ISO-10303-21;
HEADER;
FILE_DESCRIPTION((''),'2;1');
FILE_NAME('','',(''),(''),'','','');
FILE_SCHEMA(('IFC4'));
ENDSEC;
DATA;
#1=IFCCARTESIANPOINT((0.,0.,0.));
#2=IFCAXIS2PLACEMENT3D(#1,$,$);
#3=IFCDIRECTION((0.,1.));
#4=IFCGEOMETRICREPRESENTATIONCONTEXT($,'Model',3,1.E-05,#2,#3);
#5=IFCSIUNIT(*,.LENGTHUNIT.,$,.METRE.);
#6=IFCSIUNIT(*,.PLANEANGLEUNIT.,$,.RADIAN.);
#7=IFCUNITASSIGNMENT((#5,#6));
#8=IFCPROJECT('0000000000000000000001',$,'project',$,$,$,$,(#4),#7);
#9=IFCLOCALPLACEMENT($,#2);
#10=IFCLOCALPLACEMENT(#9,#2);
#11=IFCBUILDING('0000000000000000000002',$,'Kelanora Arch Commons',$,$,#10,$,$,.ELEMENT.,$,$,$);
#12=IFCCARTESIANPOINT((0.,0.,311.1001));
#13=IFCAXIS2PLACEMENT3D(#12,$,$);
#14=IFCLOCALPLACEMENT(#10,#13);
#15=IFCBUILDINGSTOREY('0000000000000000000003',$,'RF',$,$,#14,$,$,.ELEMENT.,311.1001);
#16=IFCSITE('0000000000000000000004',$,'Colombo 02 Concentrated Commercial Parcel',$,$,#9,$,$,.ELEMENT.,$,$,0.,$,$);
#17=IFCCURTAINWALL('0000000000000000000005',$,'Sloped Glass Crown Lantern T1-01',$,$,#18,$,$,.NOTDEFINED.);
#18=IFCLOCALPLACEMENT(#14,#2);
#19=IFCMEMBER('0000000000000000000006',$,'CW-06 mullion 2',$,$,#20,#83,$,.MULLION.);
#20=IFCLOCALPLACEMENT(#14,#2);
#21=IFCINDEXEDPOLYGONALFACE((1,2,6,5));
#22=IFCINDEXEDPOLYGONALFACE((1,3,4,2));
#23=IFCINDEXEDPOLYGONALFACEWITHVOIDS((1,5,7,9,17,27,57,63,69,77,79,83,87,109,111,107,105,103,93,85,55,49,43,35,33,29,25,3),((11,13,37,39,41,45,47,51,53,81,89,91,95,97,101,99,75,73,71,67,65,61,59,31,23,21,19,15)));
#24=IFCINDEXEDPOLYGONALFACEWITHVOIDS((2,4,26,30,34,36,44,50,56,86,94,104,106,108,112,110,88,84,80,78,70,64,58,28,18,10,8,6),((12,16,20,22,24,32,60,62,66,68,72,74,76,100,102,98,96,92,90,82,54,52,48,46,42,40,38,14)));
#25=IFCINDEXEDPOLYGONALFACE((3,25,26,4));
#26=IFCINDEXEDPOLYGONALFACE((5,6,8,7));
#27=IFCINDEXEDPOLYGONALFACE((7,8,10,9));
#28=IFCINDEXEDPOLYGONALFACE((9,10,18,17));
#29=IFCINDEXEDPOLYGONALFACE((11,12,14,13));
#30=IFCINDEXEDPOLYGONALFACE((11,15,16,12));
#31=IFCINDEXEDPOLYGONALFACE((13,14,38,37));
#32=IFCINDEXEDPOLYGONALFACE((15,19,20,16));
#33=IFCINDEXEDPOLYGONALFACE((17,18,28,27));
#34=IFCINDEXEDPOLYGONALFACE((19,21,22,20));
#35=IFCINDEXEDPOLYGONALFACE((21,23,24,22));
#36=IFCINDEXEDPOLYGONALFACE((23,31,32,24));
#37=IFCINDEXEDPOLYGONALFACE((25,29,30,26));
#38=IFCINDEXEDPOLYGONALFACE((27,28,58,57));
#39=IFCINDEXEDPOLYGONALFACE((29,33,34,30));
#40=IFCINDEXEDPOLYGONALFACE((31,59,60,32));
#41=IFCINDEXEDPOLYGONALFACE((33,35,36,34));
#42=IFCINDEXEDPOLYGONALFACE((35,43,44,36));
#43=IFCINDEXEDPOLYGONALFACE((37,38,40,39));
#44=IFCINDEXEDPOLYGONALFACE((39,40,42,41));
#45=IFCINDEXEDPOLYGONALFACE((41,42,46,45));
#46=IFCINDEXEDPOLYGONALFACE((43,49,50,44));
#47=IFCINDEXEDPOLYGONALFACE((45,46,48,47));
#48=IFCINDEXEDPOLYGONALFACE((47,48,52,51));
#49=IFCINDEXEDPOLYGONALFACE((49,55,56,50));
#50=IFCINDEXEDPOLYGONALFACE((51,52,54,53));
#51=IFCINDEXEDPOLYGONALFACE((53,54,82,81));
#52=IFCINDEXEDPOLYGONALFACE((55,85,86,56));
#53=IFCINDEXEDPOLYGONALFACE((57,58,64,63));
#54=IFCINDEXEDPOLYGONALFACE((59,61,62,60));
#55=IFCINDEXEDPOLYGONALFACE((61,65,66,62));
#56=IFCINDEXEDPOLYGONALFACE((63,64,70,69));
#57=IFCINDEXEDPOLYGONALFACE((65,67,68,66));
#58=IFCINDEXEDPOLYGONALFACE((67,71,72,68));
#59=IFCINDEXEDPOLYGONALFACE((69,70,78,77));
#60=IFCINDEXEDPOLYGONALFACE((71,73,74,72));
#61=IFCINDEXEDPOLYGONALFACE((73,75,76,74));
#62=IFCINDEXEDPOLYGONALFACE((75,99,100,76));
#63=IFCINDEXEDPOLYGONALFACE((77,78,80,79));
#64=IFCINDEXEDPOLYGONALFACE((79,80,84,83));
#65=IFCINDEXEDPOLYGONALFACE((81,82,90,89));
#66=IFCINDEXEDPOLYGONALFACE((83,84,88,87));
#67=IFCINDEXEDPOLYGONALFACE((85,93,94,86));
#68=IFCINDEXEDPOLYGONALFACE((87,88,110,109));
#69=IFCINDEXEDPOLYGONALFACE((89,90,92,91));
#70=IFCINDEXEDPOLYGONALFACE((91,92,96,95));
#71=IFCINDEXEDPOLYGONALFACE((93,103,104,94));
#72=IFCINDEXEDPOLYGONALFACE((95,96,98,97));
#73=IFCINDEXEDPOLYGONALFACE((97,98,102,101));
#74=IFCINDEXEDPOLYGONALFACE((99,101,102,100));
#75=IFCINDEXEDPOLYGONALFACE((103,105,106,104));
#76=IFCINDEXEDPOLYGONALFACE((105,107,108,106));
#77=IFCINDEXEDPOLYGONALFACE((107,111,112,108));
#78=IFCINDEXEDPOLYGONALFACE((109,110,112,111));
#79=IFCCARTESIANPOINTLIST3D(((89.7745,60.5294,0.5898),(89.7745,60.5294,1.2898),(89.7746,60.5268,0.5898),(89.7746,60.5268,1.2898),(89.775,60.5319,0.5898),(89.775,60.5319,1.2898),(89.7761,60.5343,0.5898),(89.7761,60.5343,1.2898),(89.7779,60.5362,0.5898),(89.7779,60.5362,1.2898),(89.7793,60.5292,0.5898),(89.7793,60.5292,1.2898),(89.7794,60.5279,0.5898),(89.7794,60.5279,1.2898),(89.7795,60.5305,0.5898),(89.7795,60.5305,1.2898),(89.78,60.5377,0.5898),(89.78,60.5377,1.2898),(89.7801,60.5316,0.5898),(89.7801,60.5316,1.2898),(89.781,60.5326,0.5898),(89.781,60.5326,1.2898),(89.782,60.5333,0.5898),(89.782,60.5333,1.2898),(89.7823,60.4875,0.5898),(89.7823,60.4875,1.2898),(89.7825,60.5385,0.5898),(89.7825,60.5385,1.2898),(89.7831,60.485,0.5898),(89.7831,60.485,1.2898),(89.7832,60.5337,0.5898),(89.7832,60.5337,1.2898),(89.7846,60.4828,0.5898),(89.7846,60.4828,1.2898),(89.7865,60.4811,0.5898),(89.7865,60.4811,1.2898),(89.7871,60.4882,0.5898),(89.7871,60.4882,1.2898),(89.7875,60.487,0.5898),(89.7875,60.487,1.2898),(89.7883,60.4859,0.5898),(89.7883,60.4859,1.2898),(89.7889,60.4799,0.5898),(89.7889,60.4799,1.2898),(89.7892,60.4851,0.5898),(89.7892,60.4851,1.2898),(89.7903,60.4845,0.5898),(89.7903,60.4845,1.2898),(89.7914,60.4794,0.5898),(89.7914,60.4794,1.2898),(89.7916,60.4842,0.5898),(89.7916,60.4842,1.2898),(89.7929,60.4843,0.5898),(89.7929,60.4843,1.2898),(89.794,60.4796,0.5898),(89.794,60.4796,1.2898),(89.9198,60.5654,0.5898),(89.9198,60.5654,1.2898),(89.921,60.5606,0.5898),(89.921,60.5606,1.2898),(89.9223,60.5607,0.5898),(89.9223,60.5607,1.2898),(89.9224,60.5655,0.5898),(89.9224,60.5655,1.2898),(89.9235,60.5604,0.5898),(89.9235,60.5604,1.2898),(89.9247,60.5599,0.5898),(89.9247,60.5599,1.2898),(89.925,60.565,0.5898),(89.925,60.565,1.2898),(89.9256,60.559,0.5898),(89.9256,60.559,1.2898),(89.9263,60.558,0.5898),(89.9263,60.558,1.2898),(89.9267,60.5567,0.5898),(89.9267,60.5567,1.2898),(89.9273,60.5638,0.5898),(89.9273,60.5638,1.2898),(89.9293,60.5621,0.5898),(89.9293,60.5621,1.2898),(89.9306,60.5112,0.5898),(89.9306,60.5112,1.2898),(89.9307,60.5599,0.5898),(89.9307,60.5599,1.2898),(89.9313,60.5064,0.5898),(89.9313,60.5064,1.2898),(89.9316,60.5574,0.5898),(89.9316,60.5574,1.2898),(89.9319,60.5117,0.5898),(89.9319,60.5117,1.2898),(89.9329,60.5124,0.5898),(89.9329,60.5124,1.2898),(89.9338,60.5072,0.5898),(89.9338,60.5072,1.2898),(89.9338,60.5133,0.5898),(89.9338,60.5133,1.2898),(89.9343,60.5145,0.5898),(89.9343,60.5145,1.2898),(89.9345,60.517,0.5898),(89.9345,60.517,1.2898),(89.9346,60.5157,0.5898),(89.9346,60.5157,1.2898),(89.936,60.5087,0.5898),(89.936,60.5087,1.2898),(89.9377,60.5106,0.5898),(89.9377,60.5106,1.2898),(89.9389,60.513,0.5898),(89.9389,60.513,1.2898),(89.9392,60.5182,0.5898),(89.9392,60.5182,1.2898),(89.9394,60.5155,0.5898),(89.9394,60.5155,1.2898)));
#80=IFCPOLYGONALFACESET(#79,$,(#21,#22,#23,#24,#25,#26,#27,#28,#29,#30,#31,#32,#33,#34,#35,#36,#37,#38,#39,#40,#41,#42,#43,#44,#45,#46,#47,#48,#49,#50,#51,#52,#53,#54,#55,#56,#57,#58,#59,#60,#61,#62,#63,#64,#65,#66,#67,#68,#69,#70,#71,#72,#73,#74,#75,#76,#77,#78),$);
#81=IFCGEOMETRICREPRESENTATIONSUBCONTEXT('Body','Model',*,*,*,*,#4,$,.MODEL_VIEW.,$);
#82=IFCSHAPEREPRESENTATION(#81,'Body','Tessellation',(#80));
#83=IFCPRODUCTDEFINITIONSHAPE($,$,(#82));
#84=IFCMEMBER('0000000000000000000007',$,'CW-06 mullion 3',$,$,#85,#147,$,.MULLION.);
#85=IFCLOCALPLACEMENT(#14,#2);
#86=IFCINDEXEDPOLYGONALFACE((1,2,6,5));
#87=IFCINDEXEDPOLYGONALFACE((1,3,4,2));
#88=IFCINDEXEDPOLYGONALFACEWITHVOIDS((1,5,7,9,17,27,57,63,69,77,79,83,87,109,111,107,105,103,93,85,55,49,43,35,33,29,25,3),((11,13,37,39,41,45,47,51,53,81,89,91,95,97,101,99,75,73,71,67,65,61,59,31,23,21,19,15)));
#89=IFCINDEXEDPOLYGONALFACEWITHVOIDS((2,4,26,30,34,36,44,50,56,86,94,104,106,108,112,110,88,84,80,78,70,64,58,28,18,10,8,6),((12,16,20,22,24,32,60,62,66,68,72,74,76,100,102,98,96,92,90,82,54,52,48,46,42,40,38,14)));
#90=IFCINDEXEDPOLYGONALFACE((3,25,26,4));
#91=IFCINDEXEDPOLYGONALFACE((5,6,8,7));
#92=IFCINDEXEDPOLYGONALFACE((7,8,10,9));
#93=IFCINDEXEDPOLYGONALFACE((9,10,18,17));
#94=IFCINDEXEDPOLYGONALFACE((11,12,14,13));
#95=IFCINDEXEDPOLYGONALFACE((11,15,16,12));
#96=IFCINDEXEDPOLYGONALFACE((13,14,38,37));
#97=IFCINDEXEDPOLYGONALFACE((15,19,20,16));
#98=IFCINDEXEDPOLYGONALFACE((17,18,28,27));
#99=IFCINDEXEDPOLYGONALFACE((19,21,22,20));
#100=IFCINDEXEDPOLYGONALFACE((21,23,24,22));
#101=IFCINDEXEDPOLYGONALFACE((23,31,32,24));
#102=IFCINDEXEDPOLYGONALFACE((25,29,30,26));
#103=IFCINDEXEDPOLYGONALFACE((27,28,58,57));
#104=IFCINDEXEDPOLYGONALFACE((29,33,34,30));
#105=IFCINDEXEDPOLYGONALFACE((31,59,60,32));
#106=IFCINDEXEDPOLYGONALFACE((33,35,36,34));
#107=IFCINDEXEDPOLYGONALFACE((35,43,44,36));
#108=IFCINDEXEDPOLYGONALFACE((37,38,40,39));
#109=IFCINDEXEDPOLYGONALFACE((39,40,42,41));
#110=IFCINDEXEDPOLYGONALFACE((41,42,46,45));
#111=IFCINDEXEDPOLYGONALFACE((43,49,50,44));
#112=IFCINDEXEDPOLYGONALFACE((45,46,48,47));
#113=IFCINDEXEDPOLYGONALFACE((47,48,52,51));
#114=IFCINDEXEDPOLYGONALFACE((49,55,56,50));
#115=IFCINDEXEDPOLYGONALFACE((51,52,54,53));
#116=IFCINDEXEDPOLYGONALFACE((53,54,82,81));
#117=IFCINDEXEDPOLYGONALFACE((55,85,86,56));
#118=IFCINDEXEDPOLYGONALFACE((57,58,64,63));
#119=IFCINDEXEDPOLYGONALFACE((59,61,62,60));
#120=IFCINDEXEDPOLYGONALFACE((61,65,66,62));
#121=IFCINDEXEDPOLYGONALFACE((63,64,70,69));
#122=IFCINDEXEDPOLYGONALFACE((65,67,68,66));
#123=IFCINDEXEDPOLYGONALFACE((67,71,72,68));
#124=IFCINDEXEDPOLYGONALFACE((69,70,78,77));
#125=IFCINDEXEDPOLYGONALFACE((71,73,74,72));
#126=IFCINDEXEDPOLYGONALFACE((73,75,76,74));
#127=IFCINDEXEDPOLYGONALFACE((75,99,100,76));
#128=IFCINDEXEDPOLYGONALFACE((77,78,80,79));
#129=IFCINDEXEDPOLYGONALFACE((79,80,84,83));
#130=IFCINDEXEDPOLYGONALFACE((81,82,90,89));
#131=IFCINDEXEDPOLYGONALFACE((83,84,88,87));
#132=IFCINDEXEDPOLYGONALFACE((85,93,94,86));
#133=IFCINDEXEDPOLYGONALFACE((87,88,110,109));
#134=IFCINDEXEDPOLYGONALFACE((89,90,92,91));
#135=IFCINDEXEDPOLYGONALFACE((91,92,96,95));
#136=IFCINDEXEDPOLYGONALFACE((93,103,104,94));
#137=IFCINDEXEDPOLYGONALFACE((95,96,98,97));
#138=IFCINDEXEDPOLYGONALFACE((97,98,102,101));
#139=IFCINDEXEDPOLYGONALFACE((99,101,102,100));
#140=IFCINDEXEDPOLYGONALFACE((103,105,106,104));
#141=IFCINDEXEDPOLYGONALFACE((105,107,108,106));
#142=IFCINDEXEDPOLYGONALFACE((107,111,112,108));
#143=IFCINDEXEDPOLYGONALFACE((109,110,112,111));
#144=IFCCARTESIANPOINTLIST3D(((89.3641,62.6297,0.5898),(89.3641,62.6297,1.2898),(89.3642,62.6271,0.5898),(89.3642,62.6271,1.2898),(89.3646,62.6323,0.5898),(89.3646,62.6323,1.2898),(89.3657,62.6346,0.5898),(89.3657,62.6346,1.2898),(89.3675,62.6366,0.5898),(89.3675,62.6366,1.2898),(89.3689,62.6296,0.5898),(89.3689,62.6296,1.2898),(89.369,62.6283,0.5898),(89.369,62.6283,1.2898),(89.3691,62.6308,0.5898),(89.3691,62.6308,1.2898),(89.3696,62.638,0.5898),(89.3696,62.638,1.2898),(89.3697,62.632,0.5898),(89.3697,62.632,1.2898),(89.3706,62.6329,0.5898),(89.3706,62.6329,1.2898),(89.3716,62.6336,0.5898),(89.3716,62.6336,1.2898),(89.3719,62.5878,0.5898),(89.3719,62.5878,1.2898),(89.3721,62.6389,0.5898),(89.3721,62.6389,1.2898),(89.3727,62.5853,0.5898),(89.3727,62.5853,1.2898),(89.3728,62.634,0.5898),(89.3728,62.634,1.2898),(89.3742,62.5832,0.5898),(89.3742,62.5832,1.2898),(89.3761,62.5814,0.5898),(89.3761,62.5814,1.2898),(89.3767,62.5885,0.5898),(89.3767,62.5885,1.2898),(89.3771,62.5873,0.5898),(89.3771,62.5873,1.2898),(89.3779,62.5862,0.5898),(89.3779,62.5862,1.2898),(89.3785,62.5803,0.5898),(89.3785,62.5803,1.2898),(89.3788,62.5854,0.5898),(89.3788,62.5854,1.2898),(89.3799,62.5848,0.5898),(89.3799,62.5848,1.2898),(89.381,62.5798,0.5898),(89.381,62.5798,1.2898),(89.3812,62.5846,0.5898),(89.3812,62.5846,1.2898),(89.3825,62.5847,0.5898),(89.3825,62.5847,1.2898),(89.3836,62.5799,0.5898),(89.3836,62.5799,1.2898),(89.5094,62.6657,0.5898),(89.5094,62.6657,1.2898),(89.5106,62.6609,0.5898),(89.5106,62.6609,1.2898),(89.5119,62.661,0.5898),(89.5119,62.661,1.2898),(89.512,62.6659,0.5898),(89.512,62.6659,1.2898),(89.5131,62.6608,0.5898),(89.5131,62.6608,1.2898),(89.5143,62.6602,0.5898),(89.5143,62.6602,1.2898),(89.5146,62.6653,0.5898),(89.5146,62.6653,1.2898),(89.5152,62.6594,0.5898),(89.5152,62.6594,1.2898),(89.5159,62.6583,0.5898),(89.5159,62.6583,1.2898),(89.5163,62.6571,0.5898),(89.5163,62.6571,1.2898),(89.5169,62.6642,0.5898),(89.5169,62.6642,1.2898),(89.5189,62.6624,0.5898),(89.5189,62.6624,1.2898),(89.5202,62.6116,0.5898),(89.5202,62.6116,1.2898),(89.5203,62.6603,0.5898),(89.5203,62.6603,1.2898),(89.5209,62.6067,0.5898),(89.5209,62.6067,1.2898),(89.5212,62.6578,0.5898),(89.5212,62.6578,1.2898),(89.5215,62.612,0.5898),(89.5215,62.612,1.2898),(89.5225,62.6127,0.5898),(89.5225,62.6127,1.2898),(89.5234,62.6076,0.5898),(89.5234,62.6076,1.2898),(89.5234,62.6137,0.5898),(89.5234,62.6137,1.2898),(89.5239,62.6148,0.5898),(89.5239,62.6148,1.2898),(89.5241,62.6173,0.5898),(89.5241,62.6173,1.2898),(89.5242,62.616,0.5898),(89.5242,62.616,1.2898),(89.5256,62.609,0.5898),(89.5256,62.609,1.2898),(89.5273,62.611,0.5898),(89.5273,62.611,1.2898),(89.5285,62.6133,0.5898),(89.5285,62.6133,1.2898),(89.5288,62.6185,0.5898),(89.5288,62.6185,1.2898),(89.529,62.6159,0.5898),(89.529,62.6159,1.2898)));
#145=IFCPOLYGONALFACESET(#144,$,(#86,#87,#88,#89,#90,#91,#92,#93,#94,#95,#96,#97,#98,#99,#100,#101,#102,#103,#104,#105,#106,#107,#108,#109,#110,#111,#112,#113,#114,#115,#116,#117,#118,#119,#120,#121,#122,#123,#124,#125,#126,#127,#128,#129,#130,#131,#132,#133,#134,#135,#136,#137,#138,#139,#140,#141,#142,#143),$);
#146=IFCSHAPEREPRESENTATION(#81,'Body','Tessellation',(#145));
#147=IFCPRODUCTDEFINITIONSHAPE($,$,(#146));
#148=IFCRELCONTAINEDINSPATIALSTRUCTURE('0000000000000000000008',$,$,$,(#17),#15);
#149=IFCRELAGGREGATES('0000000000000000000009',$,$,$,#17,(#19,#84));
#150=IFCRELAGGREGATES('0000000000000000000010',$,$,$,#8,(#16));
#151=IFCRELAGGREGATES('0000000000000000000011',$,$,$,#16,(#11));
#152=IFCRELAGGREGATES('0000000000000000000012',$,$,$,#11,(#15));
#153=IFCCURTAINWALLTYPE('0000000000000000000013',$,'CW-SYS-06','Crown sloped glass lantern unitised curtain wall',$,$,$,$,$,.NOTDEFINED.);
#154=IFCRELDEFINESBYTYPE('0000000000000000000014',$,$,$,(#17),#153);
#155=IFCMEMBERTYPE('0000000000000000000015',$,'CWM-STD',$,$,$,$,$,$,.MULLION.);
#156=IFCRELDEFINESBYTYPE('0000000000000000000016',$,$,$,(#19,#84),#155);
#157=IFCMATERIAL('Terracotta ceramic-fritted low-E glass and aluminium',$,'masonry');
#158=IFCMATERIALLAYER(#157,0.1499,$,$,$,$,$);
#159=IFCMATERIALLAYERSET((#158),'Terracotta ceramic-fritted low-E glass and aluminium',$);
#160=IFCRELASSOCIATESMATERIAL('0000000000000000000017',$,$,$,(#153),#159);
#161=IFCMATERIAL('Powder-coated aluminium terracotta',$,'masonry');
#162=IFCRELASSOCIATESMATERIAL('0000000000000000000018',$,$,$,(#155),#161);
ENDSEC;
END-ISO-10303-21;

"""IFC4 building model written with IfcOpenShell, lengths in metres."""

from ifc_helpers import new_model, si_unit, direction, frame, origin, origin_2d, place, context, subcontext, project, spatial, hollow_rectangle, extrude, material, layer, layer_set, material_profile, profile_set, type_object, element, aggregate, save


model = new_model("IFC4")

# Units and contexts
model_context = context("Model", 3, precision=1e-05, world=origin(), true_north=direction((0.0, 1.0)))
body_context = subcontext(model_context, "Body", "Model", "MODEL_VIEW")
ifc_project = project(units=[si_unit("LENGTHUNIT", "METRE"), si_unit("PLANEANGLEUNIT", "RADIAN")], contexts=[model_context])

# Site, building, storey
site_placement = place(None, origin())
site = spatial("IfcSite", under=ifc_project, at=site_placement, Name="Colombo 02 Concentrated Commercial Parcel", CompositionType="ELEMENT", RefElevation=0.0)
building_placement = place(site_placement, origin())
building = spatial("IfcBuilding", under=site, at=building_placement, Name="Kelanora Arch Commons", CompositionType="ELEMENT")
storey_placement = place(building_placement, frame((0.0, 0.0, 311.1001)))
storey = spatial("IfcBuildingStorey", under=building, at=storey_placement, Name="RF", CompositionType="ELEMENT", Elevation=311.1001)

# Curtain wall, members
ifc_material_1 = material(Name="Terracotta ceramic-fritted low-E glass and aluminium", Category="masonry")
ifc_layer_1 = layer(ifc_material_1, 0.1499)
ifc_layer_set_1 = layer_set([ifc_layer_1], Name="Terracotta ceramic-fritted low-E glass and aluminium")
curtain_wall_type = type_object("IfcCurtainWallType", Name="CW-SYS-06", Description="Crown sloped glass lantern unitised curtain wall", PredefinedType="NOTDEFINED", material=ifc_layer_set_1)
curtain_wall_1_placement = place(storey_placement, origin())
curtain_wall_1 = element("IfcCurtainWall", 1, at=curtain_wall_1_placement, inside=storey, type_object=curtain_wall_type, Name="Sloped Glass Crown Lantern T1-01", PredefinedType="NOTDEFINED")
ifc_material_2 = material(Name="Powder-coated aluminium terracotta", Category="masonry")
ifc_material_profile_1 = material_profile(ifc_material_2, hollow_rectangle(XDim=0.1599, YDim=0.0601, WallThickness=0.0049, InnerFilletRadius=0.0049, OuterFilletRadius=0.01, at=origin_2d()), Name="CWM160x60")
ifc_profile_set_1 = profile_set([ifc_material_profile_1], Name="Powder-coated aluminium terracotta")
member_type_1 = type_object("IfcMemberType", Name="CWM-STD", PredefinedType="MULLION", material=ifc_profile_set_1)
member_1_placement = place(storey_placement, frame((89.8569, 60.5225, 0.5898), z_axis=(0.0, 0.0, 1.0), x_axis=(-0.981427, -0.191834, 0.0)))
member_1 = element("IfcMember", 2, at=member_1_placement, type_object=member_type_1, Name="CW-06 mullion 2", PredefinedType="MULLION", context=body_context, shape_type="SweptSolid", body=[
    extrude(hollow_rectangle(XDim=0.1599, YDim=0.0601, WallThickness=0.0049, InnerFilletRadius=0.0049, OuterFilletRadius=0.01, at=origin_2d()), origin(), (0.0, 0.0, 1.0), 0.7),
])
member_2_placement = place(storey_placement, frame((89.4465, 62.6228, 0.5898), z_axis=(0.0, 0.0, 1.0), x_axis=(-0.981427, -0.191834, 0.0)))
member_2 = element("IfcMember", 3, at=member_2_placement, type_object=member_type_1, Name="CW-06 mullion 3", PredefinedType="MULLION", context=body_context, shape_type="SweptSolid", body=[
    extrude(hollow_rectangle(XDim=0.1599, YDim=0.0601, WallThickness=0.0049, InnerFilletRadius=0.0049, OuterFilletRadius=0.01, at=origin_2d()), origin(), (0.0, 0.0, 1.0), 0.7),
])

aggregate(curtain_wall_1, [member_1, member_2])

save(model, "model.ifc")
